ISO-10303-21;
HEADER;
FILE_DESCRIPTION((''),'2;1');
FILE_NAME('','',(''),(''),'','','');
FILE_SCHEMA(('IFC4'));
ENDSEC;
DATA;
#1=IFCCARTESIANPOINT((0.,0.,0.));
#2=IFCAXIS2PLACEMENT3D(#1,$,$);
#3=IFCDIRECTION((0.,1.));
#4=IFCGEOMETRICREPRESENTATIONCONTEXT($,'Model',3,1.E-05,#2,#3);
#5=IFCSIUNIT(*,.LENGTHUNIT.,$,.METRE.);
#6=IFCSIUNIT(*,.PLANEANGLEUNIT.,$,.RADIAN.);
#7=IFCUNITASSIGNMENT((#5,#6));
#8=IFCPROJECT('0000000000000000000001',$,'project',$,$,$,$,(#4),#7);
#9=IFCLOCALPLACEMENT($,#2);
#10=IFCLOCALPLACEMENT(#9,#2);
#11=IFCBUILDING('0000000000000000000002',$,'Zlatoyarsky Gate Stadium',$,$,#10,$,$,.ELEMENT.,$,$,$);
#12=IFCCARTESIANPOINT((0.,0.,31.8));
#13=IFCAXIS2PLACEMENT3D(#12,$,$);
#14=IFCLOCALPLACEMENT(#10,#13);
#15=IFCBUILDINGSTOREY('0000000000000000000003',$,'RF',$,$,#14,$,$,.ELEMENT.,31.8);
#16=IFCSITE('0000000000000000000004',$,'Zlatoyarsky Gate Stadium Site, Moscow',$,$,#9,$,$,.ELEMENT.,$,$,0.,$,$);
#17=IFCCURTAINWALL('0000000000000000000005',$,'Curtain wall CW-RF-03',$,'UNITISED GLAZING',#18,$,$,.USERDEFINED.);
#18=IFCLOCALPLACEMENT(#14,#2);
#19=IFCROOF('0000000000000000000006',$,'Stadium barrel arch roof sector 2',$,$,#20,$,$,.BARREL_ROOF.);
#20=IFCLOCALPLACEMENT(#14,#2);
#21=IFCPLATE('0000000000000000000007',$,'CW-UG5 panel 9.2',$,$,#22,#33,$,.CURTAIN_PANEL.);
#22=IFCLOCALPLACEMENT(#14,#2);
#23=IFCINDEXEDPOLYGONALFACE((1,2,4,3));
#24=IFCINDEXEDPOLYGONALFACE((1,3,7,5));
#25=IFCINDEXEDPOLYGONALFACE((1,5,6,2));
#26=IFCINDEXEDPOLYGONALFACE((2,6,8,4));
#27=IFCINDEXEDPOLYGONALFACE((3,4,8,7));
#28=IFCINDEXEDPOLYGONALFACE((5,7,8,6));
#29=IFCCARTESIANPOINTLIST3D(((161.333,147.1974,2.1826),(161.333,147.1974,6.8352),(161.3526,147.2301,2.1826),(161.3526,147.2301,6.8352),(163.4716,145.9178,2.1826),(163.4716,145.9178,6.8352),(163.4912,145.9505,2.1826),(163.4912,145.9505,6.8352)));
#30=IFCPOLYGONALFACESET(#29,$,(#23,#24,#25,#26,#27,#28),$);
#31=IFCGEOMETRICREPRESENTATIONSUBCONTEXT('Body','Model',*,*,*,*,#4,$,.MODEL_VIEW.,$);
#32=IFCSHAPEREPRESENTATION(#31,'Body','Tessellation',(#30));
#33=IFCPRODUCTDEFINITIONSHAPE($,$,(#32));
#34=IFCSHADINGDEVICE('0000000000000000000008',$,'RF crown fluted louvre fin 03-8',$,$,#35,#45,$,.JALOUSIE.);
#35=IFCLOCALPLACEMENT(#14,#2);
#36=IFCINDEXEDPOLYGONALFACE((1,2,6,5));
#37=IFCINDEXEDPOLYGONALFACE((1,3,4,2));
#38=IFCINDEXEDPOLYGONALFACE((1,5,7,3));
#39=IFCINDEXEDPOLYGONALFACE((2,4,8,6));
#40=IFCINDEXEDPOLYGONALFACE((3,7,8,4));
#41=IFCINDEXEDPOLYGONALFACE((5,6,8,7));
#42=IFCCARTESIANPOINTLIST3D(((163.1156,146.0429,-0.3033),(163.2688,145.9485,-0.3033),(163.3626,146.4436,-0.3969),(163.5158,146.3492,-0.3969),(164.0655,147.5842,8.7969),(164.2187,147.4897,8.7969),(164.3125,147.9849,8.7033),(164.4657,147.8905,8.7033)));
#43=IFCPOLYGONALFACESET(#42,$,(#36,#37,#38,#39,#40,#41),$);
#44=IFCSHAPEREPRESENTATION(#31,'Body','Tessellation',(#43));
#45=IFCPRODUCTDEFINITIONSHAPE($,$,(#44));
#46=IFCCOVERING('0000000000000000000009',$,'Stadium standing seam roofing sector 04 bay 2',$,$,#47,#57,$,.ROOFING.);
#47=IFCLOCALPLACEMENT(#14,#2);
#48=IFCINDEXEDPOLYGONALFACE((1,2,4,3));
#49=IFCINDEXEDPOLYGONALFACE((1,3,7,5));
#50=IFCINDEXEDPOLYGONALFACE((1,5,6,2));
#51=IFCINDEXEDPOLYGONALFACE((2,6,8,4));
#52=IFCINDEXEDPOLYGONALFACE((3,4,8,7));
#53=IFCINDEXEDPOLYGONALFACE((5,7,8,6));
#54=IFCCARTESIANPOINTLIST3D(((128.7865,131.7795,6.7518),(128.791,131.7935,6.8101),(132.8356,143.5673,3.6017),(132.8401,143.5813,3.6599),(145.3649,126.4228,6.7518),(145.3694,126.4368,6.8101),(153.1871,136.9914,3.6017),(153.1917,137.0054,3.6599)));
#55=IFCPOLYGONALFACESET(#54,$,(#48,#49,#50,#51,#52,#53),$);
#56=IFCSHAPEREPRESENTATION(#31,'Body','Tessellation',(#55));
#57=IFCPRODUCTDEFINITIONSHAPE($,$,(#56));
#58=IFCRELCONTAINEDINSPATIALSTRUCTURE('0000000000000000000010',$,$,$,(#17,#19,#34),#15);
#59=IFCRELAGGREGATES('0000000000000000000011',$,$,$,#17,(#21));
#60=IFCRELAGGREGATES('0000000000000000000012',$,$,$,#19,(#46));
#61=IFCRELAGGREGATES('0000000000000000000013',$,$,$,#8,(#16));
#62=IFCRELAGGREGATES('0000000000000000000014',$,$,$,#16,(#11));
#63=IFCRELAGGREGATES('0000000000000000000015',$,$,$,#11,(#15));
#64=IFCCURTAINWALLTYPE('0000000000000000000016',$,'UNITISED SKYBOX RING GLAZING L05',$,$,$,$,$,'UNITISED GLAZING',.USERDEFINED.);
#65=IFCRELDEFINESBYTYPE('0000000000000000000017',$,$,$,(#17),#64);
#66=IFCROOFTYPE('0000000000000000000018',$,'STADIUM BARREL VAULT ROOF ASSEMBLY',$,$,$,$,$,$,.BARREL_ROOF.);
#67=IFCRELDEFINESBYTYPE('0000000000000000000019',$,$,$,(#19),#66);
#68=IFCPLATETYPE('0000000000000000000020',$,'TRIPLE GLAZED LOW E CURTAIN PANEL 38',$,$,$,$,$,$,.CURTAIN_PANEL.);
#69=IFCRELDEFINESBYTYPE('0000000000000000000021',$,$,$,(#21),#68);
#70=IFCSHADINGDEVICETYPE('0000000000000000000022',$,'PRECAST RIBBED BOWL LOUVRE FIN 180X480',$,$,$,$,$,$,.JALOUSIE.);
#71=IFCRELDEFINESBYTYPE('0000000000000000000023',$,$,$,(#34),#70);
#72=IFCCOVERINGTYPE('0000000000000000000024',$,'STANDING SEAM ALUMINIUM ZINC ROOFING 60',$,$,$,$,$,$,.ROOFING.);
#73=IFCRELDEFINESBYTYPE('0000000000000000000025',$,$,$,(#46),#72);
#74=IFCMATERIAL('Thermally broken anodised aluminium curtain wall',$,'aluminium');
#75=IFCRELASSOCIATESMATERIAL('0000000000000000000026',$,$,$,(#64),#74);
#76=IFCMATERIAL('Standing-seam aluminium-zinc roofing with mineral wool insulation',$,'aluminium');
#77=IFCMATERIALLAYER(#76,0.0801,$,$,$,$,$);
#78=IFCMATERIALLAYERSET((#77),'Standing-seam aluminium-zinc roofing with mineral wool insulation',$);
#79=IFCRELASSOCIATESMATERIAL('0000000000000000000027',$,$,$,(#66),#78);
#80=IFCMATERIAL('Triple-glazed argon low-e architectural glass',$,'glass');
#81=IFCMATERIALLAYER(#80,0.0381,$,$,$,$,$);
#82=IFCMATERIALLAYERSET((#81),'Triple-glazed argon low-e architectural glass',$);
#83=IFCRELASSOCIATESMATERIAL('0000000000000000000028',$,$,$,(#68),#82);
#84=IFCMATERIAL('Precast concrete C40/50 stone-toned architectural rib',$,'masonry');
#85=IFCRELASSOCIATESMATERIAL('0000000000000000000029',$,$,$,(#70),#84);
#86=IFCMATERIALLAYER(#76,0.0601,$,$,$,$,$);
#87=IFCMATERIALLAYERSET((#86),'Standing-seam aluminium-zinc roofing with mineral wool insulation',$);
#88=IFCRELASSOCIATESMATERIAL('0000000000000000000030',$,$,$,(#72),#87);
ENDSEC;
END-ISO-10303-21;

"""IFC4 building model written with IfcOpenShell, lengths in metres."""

from ifc_helpers import new_model, si_unit, direction, frame, origin, origin_2d, place, context, subcontext, project, spatial, polyline, rectangle, outline, extrude, material, layer, layer_set, material_profile, profile_set, type_object, element, aggregate, save


model = new_model("IFC4")

# Units and contexts
model_context = context("Model", 3, precision=1e-05, world=origin(), true_north=direction((0.0, 1.0)))
body_context = subcontext(model_context, "Body", "Model", "MODEL_VIEW")
ifc_project = project(units=[si_unit("LENGTHUNIT", "METRE"), si_unit("PLANEANGLEUNIT", "RADIAN")], contexts=[model_context])

# Site, building, storey
site_placement = place(None, origin())
site = spatial("IfcSite", under=ifc_project, at=site_placement, Name="Zlatoyarsky Gate Stadium Site, Moscow", CompositionType="ELEMENT", RefElevation=0.0)
building_placement = place(site_placement, origin())
building = spatial("IfcBuilding", under=site, at=building_placement, Name="Zlatoyarsky Gate Stadium", CompositionType="ELEMENT")
storey_placement = place(building_placement, frame((0.0, 0.0, 31.8)))
storey = spatial("IfcBuildingStorey", under=building, at=storey_placement, Name="RF", CompositionType="ELEMENT", Elevation=31.8)

# Curtain wall
ifc_material_1 = material(Name="Thermally broken anodised aluminium curtain wall", Category="aluminium")
curtain_wall_type = type_object("IfcCurtainWallType", Name="UNITISED SKYBOX RING GLAZING L05", ElementType="UNITISED GLAZING", PredefinedType="USERDEFINED", material=ifc_material_1)
curtain_wall_placement = place(storey_placement, origin())
curtain_wall = element("IfcCurtainWall", 1, at=curtain_wall_placement, inside=storey, type_object=curtain_wall_type, Name="Curtain wall CW-RF-03", ObjectType="UNITISED GLAZING", PredefinedType="USERDEFINED")

# Roof
ifc_material_2 = material(Name="Standing-seam aluminium-zinc roofing with mineral wool insulation", Category="aluminium")
ifc_layer_1 = layer(ifc_material_2, 0.0801)
ifc_layer_set_1 = layer_set([ifc_layer_1], Name="Standing-seam aluminium-zinc roofing with mineral wool insulation")
roof_type = type_object("IfcRoofType", Name="STADIUM BARREL VAULT ROOF ASSEMBLY", PredefinedType="BARREL_ROOF", material=ifc_layer_set_1)
roof_placement = place(storey_placement, origin())
roof = element("IfcRoof", 2, at=roof_placement, inside=storey, type_object=roof_type, Name="Stadium barrel arch roof sector 2", PredefinedType="BARREL_ROOF")

# Plate
ifc_material_3 = material(Name="Triple-glazed argon low-e architectural glass", Category="glass")
ifc_layer_2 = layer(ifc_material_3, 0.0381)
ifc_layer_set_2 = layer_set([ifc_layer_2], Name="Triple-glazed argon low-e architectural glass")
plate_type_1 = type_object("IfcPlateType", Name="TRIPLE GLAZED LOW E CURTAIN PANEL 38", PredefinedType="CURTAIN_PANEL", material=ifc_layer_set_2)
plate_1_placement = place(storey_placement, frame((162.4121, 146.574, 2.1826), z_axis=(0.0, 0.0, 1.0), x_axis=(-0.858128, 0.513436, 0.0)))
plate_1 = element("IfcPlate", 3, at=plate_1_placement, type_object=plate_type_1, Name="CW-UG5 panel 9.2", PredefinedType="CURTAIN_PANEL", context=body_context, shape_type="SweptSolid", body=[
    extrude(rectangle(XDim=2.4922, YDim=0.0381, at=origin_2d()), origin(), (0.0, 0.0, 1.0), 4.6526),
])
aggregate(curtain_wall, [plate_1])

# Shading device
ifc_material_4 = material(Name="Precast concrete C40/50 stone-toned architectural rib", Category="masonry")
ifc_material_profile_1 = material_profile(ifc_material_4, rectangle(XDim=0.1799, YDim=0.48, at=origin_2d()), Name="RIB 180X480")
ifc_profile_set_1 = profile_set([ifc_material_profile_1], Name="Precast concrete C40/50 stone-toned architectural rib")
shading_device_type = type_object("IfcShadingDeviceType", Name="PRECAST RIBBED BOWL LOUVRE FIN 180X480", PredefinedType="JALOUSIE", material=ifc_profile_set_1)
shading_device_placement = place(storey_placement, frame((163.3157, 146.196, -0.3501), z_axis=(0.102383, 0.166112, 0.980778), x_axis=(-0.851292, 0.524692, 0.0)))
element("IfcShadingDevice", 4, at=shading_device_placement, inside=storey, type_object=shading_device_type, Name="RF crown fluted louvre fin 03-8", PredefinedType="JALOUSIE", context=body_context, shape_type="SweptSolid", body=[
    extrude(rectangle(XDim=0.1799, YDim=0.48, at=origin_2d()), origin(), (0.0, 0.0, 1.0), 9.2786),
])

# Covering
ifc_layer_3 = layer(ifc_material_2, 0.0601)
ifc_layer_set_3 = layer_set([ifc_layer_3], Name="Standing-seam aluminium-zinc roofing with mineral wool insulation")
covering_type = type_object("IfcCoveringType", Name="STANDING SEAM ALUMINIUM ZINC ROOFING 60", PredefinedType="ROOFING", material=ifc_layer_set_3)
covering_placement = place(storey_placement, frame((153.1917, 137.0054, 3.6599), z_axis=(0.075352, 0.233205, 0.969504), x_axis=(-0.95156, 0.307465, 0.0)))
covering = element("IfcCovering", 5, at=covering_placement, type_object=covering_type, Name="Stadium standing seam roofing sector 04 bay 2", PredefinedType="ROOFING", context=body_context, shape_type="SweptSolid", body=[
    extrude(outline(polyline([(0.0, 0.0), (21.3876, 0.0), (21.6162, 12.8538), (4.1939, 12.8537), (0.0, 0.0)])), origin(), (0.0, 0.0, -1.0), 0.0601),
])
aggregate(roof, [covering])

save(model, "model.ifc")
